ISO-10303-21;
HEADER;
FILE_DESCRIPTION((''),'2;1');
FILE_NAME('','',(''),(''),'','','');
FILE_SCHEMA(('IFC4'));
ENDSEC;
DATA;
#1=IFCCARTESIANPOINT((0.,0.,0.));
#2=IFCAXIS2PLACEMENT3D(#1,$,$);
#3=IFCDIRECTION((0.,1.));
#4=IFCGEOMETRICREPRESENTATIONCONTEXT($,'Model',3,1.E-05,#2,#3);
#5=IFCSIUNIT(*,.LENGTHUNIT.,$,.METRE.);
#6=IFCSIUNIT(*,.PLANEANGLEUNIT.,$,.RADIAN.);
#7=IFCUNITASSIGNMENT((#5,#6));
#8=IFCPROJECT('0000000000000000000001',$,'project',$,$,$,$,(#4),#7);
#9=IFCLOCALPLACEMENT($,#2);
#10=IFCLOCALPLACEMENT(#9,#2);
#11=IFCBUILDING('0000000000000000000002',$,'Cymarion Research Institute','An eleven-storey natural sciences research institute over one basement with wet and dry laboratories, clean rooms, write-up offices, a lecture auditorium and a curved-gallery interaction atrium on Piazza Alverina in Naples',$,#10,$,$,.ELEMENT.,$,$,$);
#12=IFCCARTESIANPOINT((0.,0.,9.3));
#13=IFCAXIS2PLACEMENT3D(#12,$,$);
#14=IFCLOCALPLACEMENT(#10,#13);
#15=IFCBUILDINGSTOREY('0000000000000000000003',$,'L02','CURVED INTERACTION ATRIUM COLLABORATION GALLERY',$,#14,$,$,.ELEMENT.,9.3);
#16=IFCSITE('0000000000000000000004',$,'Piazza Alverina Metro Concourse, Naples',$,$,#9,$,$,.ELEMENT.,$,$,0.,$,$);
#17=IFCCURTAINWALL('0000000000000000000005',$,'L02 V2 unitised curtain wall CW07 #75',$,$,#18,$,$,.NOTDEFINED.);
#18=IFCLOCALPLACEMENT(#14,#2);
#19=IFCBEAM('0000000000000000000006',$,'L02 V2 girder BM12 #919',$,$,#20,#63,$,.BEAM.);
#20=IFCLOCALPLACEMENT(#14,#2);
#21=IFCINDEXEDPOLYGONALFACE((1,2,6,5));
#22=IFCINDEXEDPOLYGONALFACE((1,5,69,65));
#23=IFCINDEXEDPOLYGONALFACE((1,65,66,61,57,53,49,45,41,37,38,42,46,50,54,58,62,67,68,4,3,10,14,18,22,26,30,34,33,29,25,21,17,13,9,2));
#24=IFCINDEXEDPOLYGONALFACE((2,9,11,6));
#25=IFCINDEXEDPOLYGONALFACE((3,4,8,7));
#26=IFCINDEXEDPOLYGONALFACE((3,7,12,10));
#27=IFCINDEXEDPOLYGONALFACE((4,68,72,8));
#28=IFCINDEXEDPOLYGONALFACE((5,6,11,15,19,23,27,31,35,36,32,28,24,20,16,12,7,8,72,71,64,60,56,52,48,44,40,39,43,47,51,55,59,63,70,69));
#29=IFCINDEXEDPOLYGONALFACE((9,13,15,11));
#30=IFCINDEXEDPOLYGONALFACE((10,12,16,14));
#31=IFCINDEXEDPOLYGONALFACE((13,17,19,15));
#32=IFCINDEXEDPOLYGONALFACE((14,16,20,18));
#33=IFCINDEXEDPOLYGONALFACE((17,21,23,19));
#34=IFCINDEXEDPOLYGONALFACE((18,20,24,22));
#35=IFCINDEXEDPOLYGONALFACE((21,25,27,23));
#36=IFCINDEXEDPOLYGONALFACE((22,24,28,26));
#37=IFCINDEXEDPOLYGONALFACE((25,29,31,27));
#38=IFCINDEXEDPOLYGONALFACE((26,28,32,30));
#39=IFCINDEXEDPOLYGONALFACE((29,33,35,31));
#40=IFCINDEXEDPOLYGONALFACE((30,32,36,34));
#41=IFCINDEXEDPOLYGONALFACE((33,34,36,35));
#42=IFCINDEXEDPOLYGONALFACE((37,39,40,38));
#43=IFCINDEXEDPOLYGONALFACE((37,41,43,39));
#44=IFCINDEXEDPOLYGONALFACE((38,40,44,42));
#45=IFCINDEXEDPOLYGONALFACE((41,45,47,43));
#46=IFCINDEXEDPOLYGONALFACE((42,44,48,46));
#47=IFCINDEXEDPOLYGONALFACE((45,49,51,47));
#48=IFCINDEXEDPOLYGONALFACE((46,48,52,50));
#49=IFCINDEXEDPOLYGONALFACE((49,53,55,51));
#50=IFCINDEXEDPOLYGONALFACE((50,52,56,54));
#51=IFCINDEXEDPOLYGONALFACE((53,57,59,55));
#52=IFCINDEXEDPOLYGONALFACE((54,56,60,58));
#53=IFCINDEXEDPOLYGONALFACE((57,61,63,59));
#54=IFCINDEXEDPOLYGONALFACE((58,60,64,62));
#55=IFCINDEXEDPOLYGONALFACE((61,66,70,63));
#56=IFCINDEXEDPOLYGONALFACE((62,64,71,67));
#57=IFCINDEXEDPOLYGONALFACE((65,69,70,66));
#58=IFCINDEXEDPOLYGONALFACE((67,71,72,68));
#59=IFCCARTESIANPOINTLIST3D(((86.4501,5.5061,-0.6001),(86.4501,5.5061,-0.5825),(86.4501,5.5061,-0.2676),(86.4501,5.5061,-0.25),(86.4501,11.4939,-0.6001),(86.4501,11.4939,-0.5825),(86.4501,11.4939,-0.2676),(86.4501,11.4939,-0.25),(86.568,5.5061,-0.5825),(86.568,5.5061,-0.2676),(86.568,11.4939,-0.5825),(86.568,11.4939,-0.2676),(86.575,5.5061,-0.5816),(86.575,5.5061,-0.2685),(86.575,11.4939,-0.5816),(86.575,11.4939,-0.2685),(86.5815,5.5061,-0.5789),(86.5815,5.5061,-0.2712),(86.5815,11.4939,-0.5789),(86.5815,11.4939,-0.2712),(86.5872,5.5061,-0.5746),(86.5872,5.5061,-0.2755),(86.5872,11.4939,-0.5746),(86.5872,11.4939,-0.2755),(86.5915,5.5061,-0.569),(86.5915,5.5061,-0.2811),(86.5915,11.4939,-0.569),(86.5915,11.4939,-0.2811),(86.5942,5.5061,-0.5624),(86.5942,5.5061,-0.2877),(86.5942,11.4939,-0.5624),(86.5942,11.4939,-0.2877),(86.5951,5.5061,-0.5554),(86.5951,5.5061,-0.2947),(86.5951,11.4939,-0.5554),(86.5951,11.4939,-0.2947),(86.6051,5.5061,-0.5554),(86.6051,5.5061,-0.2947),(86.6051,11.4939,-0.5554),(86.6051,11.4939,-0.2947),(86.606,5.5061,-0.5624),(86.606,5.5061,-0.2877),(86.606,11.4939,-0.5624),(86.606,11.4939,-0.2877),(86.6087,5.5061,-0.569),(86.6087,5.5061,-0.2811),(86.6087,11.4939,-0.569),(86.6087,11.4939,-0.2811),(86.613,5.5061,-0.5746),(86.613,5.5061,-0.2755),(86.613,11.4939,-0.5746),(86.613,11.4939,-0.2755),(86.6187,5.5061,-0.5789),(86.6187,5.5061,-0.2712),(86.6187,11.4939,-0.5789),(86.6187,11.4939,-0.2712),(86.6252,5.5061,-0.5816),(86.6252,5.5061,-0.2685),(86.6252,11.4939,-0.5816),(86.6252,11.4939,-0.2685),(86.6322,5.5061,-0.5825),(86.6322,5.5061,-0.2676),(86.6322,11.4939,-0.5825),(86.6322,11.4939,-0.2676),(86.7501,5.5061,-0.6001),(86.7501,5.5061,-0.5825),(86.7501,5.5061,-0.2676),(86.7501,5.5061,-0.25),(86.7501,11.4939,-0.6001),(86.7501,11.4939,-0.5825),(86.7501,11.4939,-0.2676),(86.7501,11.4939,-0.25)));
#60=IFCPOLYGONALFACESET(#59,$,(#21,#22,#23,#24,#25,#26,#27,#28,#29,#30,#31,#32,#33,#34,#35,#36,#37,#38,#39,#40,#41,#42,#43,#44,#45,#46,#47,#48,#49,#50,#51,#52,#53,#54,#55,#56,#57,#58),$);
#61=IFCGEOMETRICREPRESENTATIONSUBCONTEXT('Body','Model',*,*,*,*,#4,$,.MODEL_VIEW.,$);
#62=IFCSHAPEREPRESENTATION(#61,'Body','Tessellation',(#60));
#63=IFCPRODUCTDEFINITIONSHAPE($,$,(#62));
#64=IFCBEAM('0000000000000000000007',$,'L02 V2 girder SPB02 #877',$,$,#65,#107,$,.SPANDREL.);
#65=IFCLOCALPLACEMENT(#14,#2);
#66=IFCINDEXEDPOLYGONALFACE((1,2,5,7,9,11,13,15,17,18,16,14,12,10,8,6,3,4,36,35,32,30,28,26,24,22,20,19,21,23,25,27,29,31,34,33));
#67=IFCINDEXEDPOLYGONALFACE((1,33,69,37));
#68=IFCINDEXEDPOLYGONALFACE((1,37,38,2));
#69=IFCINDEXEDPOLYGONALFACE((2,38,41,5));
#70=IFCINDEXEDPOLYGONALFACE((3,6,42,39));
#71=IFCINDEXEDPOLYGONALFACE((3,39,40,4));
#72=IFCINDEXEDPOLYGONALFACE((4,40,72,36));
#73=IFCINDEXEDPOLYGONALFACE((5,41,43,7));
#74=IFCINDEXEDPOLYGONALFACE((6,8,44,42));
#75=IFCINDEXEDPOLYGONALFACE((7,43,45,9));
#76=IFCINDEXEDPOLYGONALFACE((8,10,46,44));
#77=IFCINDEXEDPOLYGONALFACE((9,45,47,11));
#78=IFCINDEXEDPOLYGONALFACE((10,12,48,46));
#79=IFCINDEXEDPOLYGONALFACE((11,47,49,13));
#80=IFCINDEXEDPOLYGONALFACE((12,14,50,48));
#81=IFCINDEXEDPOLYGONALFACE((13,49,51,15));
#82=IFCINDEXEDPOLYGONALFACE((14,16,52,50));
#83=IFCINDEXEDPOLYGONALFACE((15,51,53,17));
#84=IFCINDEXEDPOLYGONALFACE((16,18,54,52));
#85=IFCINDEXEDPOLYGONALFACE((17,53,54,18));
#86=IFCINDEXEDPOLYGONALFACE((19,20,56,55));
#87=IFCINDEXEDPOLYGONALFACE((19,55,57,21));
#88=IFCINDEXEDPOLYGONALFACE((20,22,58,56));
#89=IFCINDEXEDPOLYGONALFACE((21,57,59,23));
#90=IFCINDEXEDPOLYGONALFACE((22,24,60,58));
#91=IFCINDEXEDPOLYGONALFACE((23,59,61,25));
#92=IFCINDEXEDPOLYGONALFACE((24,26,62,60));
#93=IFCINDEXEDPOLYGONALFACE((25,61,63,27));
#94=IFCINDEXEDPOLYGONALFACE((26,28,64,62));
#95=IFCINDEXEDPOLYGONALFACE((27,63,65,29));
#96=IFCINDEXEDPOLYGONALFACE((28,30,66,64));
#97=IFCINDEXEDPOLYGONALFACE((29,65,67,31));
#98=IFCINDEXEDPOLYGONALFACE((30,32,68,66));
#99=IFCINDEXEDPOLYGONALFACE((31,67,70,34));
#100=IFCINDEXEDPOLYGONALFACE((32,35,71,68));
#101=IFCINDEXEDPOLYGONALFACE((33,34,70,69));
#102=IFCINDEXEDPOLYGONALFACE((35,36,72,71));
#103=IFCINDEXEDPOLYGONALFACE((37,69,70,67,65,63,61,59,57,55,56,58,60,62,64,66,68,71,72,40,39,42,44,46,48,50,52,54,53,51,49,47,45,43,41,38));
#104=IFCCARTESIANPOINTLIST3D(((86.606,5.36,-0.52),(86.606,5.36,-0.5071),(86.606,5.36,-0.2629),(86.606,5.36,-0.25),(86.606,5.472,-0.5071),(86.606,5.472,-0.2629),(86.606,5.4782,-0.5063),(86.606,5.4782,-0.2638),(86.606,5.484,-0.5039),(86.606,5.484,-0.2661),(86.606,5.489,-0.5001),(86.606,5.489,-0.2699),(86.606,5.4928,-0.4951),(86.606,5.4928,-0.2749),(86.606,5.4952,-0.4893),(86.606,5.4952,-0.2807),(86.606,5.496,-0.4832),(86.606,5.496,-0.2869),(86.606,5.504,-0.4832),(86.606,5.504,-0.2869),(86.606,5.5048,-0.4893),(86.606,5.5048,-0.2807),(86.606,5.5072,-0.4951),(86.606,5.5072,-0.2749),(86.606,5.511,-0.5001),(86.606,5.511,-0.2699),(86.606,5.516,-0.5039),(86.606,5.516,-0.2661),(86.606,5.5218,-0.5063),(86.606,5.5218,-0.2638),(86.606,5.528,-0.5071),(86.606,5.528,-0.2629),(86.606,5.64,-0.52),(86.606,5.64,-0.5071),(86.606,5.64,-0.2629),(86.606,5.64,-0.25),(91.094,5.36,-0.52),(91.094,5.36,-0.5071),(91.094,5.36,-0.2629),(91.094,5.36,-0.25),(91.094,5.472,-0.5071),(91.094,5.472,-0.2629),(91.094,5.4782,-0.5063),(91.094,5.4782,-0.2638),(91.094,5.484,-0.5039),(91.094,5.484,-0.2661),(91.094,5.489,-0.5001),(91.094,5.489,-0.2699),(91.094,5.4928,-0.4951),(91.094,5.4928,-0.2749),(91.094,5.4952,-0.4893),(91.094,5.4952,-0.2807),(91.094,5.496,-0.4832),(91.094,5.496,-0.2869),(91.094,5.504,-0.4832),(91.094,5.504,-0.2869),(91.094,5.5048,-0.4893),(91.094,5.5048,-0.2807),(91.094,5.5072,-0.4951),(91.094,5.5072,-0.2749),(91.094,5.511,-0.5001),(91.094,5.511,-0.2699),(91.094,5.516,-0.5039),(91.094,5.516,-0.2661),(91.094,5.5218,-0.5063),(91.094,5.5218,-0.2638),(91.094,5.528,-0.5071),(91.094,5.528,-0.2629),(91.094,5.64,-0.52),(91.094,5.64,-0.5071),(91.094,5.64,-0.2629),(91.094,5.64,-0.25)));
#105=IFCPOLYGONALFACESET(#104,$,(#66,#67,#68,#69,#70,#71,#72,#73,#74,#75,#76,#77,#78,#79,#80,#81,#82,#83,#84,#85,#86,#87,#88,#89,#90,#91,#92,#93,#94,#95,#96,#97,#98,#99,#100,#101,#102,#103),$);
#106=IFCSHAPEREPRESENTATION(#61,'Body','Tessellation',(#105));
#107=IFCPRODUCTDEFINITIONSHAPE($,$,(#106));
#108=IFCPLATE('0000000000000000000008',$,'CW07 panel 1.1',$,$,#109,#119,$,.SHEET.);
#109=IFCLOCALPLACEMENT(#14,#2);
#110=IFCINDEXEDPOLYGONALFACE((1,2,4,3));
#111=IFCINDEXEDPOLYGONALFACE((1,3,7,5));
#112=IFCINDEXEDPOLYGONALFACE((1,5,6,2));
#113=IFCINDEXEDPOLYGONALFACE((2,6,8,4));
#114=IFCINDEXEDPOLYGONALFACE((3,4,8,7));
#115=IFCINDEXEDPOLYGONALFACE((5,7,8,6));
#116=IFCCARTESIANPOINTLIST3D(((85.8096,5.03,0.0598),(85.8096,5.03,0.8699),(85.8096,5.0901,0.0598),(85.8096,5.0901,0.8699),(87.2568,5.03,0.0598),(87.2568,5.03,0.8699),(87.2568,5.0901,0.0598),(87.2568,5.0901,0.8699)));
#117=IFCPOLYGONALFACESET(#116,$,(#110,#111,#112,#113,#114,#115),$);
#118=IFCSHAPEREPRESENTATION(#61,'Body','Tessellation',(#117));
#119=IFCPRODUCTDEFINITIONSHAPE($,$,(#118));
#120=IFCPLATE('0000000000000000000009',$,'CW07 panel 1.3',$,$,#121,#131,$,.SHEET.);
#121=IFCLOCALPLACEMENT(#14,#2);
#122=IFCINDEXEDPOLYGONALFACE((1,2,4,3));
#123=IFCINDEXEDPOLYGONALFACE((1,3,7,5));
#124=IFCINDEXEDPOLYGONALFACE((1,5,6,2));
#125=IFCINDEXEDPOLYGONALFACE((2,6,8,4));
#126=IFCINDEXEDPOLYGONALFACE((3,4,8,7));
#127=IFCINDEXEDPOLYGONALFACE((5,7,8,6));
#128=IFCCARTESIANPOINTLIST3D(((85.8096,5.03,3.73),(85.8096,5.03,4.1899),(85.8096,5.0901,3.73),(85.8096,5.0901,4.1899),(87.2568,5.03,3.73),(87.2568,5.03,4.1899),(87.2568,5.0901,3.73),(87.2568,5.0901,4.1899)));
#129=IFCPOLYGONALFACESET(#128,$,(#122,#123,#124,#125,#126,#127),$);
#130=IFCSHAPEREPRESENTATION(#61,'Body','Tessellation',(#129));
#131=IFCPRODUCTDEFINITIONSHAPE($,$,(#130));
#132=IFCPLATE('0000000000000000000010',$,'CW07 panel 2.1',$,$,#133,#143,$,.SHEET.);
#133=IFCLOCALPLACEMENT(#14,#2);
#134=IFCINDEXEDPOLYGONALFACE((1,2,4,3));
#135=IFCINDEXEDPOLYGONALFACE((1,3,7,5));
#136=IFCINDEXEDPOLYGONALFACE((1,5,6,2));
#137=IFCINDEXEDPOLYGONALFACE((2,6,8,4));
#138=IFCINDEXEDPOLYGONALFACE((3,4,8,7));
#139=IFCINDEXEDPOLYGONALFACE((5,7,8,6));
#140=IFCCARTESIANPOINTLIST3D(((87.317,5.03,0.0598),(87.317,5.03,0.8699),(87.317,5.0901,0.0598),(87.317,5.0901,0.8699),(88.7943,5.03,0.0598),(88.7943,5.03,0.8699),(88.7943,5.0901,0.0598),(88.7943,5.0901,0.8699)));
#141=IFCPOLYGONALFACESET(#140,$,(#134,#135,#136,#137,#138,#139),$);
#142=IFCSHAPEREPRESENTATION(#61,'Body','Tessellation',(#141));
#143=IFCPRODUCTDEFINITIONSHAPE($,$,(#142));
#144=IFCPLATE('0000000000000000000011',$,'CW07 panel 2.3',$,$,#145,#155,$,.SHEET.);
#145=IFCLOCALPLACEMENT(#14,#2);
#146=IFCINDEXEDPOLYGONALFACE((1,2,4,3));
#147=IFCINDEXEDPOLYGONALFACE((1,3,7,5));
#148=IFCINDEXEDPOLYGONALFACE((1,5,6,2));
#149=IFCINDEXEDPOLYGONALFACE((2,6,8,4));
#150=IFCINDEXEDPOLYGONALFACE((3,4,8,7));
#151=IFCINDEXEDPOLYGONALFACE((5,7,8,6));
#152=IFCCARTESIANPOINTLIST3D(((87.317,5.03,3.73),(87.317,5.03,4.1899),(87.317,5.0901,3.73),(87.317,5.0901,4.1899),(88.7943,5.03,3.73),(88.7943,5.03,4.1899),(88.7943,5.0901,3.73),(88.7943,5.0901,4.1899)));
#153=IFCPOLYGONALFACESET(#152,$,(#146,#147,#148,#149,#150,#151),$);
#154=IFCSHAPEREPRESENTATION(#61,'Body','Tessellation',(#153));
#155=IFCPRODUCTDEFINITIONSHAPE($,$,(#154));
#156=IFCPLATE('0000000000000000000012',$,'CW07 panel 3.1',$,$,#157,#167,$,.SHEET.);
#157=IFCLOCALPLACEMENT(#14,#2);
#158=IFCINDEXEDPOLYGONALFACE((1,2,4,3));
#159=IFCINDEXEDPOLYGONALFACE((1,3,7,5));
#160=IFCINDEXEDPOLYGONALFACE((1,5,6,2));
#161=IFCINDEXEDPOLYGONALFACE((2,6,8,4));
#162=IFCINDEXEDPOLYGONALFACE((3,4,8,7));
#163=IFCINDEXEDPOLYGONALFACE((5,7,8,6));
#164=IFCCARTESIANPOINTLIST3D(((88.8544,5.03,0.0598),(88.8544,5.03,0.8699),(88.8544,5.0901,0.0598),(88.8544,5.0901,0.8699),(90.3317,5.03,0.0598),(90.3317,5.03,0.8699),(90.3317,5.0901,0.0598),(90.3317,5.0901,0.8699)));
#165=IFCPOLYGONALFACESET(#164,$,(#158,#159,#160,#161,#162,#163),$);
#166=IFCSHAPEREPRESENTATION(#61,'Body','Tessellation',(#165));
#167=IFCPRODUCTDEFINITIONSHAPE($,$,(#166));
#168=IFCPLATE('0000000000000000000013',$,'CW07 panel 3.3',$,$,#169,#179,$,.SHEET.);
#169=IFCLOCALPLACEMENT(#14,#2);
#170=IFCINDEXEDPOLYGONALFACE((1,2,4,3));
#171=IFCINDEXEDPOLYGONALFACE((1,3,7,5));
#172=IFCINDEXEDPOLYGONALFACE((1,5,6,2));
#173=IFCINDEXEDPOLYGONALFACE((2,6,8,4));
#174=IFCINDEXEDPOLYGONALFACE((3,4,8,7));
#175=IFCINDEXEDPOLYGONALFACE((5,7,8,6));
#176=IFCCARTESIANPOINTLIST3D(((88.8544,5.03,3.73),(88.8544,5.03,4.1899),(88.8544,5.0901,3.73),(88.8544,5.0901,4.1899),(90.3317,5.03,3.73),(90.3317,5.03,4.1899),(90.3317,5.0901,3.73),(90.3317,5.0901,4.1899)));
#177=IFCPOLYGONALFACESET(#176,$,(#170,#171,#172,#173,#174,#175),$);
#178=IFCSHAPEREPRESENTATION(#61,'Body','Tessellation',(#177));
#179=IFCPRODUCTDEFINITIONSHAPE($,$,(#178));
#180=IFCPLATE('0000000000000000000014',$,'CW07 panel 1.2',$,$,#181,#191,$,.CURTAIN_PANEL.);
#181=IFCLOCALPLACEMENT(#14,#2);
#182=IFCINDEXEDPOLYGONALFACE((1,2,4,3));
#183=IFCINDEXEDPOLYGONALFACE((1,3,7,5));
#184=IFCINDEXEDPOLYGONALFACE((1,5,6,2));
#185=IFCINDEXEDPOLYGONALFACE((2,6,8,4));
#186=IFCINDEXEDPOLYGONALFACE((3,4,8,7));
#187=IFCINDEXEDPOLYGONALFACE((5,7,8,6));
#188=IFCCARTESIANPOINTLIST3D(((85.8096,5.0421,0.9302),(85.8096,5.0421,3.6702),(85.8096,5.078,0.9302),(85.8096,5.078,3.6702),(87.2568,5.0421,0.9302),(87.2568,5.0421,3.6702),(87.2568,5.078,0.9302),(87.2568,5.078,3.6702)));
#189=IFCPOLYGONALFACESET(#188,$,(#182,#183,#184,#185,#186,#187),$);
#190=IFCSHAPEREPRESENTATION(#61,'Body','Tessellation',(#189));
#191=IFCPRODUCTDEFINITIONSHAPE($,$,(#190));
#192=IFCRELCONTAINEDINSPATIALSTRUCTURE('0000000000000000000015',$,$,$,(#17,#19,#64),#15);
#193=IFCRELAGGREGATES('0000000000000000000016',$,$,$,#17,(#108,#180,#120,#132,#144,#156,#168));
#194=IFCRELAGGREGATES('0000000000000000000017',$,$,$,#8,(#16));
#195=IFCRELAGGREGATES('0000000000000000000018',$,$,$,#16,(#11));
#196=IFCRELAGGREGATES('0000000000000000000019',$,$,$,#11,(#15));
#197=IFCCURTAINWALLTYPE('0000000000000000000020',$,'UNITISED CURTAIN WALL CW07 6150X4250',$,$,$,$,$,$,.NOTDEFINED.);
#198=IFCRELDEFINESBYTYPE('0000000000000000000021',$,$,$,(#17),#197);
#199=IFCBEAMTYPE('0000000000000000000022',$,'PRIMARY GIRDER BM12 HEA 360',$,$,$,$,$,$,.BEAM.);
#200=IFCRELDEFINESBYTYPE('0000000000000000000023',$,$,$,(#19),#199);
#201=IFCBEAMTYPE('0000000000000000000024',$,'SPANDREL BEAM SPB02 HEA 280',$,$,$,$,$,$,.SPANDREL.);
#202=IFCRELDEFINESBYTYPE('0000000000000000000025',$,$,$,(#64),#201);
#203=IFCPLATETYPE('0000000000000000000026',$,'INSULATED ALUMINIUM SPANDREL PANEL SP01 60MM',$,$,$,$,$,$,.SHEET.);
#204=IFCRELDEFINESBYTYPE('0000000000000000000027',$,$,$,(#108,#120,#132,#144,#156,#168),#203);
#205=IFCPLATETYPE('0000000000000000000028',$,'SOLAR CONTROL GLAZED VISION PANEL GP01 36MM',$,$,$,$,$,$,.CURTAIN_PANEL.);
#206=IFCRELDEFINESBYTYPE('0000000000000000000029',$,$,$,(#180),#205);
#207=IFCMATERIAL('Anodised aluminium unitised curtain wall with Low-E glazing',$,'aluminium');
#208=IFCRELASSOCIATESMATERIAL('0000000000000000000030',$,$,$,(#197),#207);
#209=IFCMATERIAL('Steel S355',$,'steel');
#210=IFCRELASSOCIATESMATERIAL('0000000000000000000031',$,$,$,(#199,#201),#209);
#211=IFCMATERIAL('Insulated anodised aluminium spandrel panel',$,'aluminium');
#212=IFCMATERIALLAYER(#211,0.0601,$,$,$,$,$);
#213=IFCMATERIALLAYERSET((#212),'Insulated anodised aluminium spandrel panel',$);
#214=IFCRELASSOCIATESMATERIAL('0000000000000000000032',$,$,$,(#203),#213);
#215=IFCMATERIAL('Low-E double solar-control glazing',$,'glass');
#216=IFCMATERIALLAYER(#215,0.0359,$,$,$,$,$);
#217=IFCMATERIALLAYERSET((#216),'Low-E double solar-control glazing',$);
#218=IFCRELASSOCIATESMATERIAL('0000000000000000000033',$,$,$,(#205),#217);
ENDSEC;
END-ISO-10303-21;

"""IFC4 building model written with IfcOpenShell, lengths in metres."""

from ifc_helpers import new_model, si_unit, direction, frame, origin, origin_2d, place, context, subcontext, project, spatial, rectangle, i_section, extrude, material, layer, layer_set, material_profile, profile_set, type_object, element, aggregate, save


model = new_model("IFC4")

# Units and contexts
model_context = context("Model", 3, precision=1e-05, world=origin(), true_north=direction((0.0, 1.0)))
body_context = subcontext(model_context, "Body", "Model", "MODEL_VIEW")
ifc_project = project(units=[si_unit("LENGTHUNIT", "METRE"), si_unit("PLANEANGLEUNIT", "RADIAN")], contexts=[model_context])

# Site, building, storey
site_placement = place(None, origin())
site = spatial("IfcSite", under=ifc_project, at=site_placement, Name="Piazza Alverina Metro Concourse, Naples", CompositionType="ELEMENT", RefElevation=0.0)
building_placement = place(site_placement, origin())
building = spatial("IfcBuilding", under=site, at=building_placement, Name="Cymarion Research Institute", Description="An eleven-storey natural sciences research institute over one basement with wet and dry laboratories, clean rooms, write-up offices, a lecture auditorium and a curved-gallery interaction atrium on Piazza Alverina in Naples", CompositionType="ELEMENT")
storey_placement = place(building_placement, frame((0.0, 0.0, 9.3)))
storey = spatial("IfcBuildingStorey", under=building, at=storey_placement, Name="L02", Description="CURVED INTERACTION ATRIUM COLLABORATION GALLERY", CompositionType="ELEMENT", Elevation=9.3)

# Shared definitions
ifc_material_1 = material(Name="Steel S355", Category="steel")

# Curtain wall
ifc_material_2 = material(Name="Anodised aluminium unitised curtain wall with Low-E glazing", Category="aluminium")
curtain_wall_type = type_object("IfcCurtainWallType", Name="UNITISED CURTAIN WALL CW07 6150X4250", PredefinedType="NOTDEFINED", material=ifc_material_2)
curtain_wall_placement = place(storey_placement, origin())
curtain_wall = element("IfcCurtainWall", 1, at=curtain_wall_placement, inside=storey, type_object=curtain_wall_type, Name="L02 V2 unitised curtain wall CW07 #75", PredefinedType="NOTDEFINED")

# Beams
ifc_material_profile_1 = material_profile(ifc_material_1, i_section(OverallWidth=0.3, OverallDepth=0.3501, WebThickness=0.01, FlangeThickness=0.0176, FilletRadius=0.0271, at=origin_2d()), Name="HEA 360")
ifc_profile_set_1 = profile_set([ifc_material_profile_1], Name="Steel S355")
beam_type_1 = type_object("IfcBeamType", Name="PRIMARY GIRDER BM12 HEA 360", PredefinedType="BEAM", material=ifc_profile_set_1)
beam_1_placement = place(storey_placement, frame((86.6001, 5.5061, -0.425), z_axis=(0.0, 1.0, 0.0), x_axis=(-1.0, 0.0, 0.0)))
element("IfcBeam", 2, at=beam_1_placement, inside=storey, type_object=beam_type_1, Name="L02 V2 girder BM12 #919", PredefinedType="BEAM", context=body_context, shape_type="SweptSolid", body=[
    extrude(i_section(OverallWidth=0.3, OverallDepth=0.3501, WebThickness=0.01, FlangeThickness=0.0176, FilletRadius=0.0271, at=origin_2d()), origin(), (0.0, 0.0, 1.0), 5.9878),
])
ifc_material_profile_2 = material_profile(ifc_material_1, i_section(OverallWidth=0.28, OverallDepth=0.27, WebThickness=0.0081, FlangeThickness=0.0129, FilletRadius=0.0239, at=origin_2d()), Name="HEA 280")
ifc_profile_set_2 = profile_set([ifc_material_profile_2], Name="Steel S355")
beam_type_2 = type_object("IfcBeamType", Name="SPANDREL BEAM SPB02 HEA 280", PredefinedType="SPANDREL", material=ifc_profile_set_2)
beam_2_placement = place(storey_placement, frame((86.606, 5.5, -0.385), z_axis=(1.0, 0.0, 0.0), x_axis=(0.0, 1.0, 0.0)))
element("IfcBeam", 3, at=beam_2_placement, inside=storey, type_object=beam_type_2, Name="L02 V2 girder SPB02 #877", PredefinedType="SPANDREL", context=body_context, shape_type="SweptSolid", body=[
    extrude(i_section(OverallWidth=0.28, OverallDepth=0.27, WebThickness=0.0081, FlangeThickness=0.0129, FilletRadius=0.0239, at=origin_2d()), origin(), (0.0, 0.0, 1.0), 4.488),
])

# Plates
ifc_material_3 = material(Name="Insulated anodised aluminium spandrel panel", Category="aluminium")
ifc_layer_1 = layer(ifc_material_3, 0.0601)
ifc_layer_set_1 = layer_set([ifc_layer_1], Name="Insulated anodised aluminium spandrel panel")
plate_type_1 = type_object("IfcPlateType", Name="INSULATED ALUMINIUM SPANDREL PANEL SP01 60MM", PredefinedType="SHEET", material=ifc_layer_set_1)
plate_1_placement = place(storey_placement, frame((86.5332, 5.0601, 0.0598), z_axis=(0.0, 0.0, 1.0), x_axis=(1.0, 0.0, 0.0)))
plate_1 = element("IfcPlate", 4, at=plate_1_placement, type_object=plate_type_1, Name="CW07 panel 1.1", PredefinedType="SHEET", context=body_context, shape_type="SweptSolid", body=[
    extrude(rectangle(XDim=1.4473, YDim=0.0601, at=origin_2d()), origin(), (0.0, 0.0, 1.0), 0.8101),
])
plate_2_placement = place(storey_placement, frame((86.5332, 5.0601, 3.73), z_axis=(0.0, 0.0, 1.0), x_axis=(1.0, 0.0, 0.0)))
plate_2 = element("IfcPlate", 5, at=plate_2_placement, type_object=plate_type_1, Name="CW07 panel 1.3", PredefinedType="SHEET", context=body_context, shape_type="SweptSolid", body=[
    extrude(rectangle(XDim=1.4473, YDim=0.0601, at=origin_2d()), origin(), (0.0, 0.0, 1.0), 0.46),
])
plate_3_placement = place(storey_placement, frame((88.0557, 5.0601, 0.0598), z_axis=(0.0, 0.0, 1.0), x_axis=(1.0, 0.0, 0.0)))
plate_3 = element("IfcPlate", 6, at=plate_3_placement, type_object=plate_type_1, Name="CW07 panel 2.1", PredefinedType="SHEET", context=body_context, shape_type="SweptSolid", body=[
    extrude(rectangle(XDim=1.4773, YDim=0.0601, at=origin_2d()), origin(), (0.0, 0.0, 1.0), 0.8101),
])
plate_4_placement = place(storey_placement, frame((88.0557, 5.0601, 3.73), z_axis=(0.0, 0.0, 1.0), x_axis=(1.0, 0.0, 0.0)))
plate_4 = element("IfcPlate", 7, at=plate_4_placement, type_object=plate_type_1, Name="CW07 panel 2.3", PredefinedType="SHEET", context=body_context, shape_type="SweptSolid", body=[
    extrude(rectangle(XDim=1.4773, YDim=0.0601, at=origin_2d()), origin(), (0.0, 0.0, 1.0), 0.46),
])
plate_5_placement = place(storey_placement, frame((89.593, 5.0601, 0.0598), z_axis=(0.0, 0.0, 1.0), x_axis=(1.0, 0.0, 0.0)))
plate_5 = element("IfcPlate", 8, at=plate_5_placement, type_object=plate_type_1, Name="CW07 panel 3.1", PredefinedType="SHEET", context=body_context, shape_type="SweptSolid", body=[
    extrude(rectangle(XDim=1.4773, YDim=0.0601, at=origin_2d()), origin(), (0.0, 0.0, 1.0), 0.8101),
])
plate_6_placement = place(storey_placement, frame((89.593, 5.0601, 3.73), z_axis=(0.0, 0.0, 1.0), x_axis=(1.0, 0.0, 0.0)))
plate_6 = element("IfcPlate", 9, at=plate_6_placement, type_object=plate_type_1, Name="CW07 panel 3.3", PredefinedType="SHEET", context=body_context, shape_type="SweptSolid", body=[
    extrude(rectangle(XDim=1.4773, YDim=0.0601, at=origin_2d()), origin(), (0.0, 0.0, 1.0), 0.46),
])
ifc_material_4 = material(Name="Low-E double solar-control glazing", Category="glass")
ifc_layer_2 = layer(ifc_material_4, 0.0359)
ifc_layer_set_2 = layer_set([ifc_layer_2], Name="Low-E double solar-control glazing")
plate_type_2 = type_object("IfcPlateType", Name="SOLAR CONTROL GLAZED VISION PANEL GP01 36MM", PredefinedType="CURTAIN_PANEL", material=ifc_layer_set_2)
plate_7_placement = place(storey_placement, frame((86.5332, 5.0601, 0.9302), z_axis=(0.0, 0.0, 1.0), x_axis=(1.0, 0.0, 0.0)))
plate_7 = element("IfcPlate", 10, at=plate_7_placement, type_object=plate_type_2, Name="CW07 panel 1.2", PredefinedType="CURTAIN_PANEL", context=body_context, shape_type="SweptSolid", body=[
    extrude(rectangle(XDim=1.4473, YDim=0.0359, at=origin_2d()), origin(), (0.0, 0.0, 1.0), 2.74),
])
aggregate(curtain_wall, [plate_1, plate_7, plate_2, plate_3, plate_4, plate_5, plate_6])

save(model, "model.ifc")
